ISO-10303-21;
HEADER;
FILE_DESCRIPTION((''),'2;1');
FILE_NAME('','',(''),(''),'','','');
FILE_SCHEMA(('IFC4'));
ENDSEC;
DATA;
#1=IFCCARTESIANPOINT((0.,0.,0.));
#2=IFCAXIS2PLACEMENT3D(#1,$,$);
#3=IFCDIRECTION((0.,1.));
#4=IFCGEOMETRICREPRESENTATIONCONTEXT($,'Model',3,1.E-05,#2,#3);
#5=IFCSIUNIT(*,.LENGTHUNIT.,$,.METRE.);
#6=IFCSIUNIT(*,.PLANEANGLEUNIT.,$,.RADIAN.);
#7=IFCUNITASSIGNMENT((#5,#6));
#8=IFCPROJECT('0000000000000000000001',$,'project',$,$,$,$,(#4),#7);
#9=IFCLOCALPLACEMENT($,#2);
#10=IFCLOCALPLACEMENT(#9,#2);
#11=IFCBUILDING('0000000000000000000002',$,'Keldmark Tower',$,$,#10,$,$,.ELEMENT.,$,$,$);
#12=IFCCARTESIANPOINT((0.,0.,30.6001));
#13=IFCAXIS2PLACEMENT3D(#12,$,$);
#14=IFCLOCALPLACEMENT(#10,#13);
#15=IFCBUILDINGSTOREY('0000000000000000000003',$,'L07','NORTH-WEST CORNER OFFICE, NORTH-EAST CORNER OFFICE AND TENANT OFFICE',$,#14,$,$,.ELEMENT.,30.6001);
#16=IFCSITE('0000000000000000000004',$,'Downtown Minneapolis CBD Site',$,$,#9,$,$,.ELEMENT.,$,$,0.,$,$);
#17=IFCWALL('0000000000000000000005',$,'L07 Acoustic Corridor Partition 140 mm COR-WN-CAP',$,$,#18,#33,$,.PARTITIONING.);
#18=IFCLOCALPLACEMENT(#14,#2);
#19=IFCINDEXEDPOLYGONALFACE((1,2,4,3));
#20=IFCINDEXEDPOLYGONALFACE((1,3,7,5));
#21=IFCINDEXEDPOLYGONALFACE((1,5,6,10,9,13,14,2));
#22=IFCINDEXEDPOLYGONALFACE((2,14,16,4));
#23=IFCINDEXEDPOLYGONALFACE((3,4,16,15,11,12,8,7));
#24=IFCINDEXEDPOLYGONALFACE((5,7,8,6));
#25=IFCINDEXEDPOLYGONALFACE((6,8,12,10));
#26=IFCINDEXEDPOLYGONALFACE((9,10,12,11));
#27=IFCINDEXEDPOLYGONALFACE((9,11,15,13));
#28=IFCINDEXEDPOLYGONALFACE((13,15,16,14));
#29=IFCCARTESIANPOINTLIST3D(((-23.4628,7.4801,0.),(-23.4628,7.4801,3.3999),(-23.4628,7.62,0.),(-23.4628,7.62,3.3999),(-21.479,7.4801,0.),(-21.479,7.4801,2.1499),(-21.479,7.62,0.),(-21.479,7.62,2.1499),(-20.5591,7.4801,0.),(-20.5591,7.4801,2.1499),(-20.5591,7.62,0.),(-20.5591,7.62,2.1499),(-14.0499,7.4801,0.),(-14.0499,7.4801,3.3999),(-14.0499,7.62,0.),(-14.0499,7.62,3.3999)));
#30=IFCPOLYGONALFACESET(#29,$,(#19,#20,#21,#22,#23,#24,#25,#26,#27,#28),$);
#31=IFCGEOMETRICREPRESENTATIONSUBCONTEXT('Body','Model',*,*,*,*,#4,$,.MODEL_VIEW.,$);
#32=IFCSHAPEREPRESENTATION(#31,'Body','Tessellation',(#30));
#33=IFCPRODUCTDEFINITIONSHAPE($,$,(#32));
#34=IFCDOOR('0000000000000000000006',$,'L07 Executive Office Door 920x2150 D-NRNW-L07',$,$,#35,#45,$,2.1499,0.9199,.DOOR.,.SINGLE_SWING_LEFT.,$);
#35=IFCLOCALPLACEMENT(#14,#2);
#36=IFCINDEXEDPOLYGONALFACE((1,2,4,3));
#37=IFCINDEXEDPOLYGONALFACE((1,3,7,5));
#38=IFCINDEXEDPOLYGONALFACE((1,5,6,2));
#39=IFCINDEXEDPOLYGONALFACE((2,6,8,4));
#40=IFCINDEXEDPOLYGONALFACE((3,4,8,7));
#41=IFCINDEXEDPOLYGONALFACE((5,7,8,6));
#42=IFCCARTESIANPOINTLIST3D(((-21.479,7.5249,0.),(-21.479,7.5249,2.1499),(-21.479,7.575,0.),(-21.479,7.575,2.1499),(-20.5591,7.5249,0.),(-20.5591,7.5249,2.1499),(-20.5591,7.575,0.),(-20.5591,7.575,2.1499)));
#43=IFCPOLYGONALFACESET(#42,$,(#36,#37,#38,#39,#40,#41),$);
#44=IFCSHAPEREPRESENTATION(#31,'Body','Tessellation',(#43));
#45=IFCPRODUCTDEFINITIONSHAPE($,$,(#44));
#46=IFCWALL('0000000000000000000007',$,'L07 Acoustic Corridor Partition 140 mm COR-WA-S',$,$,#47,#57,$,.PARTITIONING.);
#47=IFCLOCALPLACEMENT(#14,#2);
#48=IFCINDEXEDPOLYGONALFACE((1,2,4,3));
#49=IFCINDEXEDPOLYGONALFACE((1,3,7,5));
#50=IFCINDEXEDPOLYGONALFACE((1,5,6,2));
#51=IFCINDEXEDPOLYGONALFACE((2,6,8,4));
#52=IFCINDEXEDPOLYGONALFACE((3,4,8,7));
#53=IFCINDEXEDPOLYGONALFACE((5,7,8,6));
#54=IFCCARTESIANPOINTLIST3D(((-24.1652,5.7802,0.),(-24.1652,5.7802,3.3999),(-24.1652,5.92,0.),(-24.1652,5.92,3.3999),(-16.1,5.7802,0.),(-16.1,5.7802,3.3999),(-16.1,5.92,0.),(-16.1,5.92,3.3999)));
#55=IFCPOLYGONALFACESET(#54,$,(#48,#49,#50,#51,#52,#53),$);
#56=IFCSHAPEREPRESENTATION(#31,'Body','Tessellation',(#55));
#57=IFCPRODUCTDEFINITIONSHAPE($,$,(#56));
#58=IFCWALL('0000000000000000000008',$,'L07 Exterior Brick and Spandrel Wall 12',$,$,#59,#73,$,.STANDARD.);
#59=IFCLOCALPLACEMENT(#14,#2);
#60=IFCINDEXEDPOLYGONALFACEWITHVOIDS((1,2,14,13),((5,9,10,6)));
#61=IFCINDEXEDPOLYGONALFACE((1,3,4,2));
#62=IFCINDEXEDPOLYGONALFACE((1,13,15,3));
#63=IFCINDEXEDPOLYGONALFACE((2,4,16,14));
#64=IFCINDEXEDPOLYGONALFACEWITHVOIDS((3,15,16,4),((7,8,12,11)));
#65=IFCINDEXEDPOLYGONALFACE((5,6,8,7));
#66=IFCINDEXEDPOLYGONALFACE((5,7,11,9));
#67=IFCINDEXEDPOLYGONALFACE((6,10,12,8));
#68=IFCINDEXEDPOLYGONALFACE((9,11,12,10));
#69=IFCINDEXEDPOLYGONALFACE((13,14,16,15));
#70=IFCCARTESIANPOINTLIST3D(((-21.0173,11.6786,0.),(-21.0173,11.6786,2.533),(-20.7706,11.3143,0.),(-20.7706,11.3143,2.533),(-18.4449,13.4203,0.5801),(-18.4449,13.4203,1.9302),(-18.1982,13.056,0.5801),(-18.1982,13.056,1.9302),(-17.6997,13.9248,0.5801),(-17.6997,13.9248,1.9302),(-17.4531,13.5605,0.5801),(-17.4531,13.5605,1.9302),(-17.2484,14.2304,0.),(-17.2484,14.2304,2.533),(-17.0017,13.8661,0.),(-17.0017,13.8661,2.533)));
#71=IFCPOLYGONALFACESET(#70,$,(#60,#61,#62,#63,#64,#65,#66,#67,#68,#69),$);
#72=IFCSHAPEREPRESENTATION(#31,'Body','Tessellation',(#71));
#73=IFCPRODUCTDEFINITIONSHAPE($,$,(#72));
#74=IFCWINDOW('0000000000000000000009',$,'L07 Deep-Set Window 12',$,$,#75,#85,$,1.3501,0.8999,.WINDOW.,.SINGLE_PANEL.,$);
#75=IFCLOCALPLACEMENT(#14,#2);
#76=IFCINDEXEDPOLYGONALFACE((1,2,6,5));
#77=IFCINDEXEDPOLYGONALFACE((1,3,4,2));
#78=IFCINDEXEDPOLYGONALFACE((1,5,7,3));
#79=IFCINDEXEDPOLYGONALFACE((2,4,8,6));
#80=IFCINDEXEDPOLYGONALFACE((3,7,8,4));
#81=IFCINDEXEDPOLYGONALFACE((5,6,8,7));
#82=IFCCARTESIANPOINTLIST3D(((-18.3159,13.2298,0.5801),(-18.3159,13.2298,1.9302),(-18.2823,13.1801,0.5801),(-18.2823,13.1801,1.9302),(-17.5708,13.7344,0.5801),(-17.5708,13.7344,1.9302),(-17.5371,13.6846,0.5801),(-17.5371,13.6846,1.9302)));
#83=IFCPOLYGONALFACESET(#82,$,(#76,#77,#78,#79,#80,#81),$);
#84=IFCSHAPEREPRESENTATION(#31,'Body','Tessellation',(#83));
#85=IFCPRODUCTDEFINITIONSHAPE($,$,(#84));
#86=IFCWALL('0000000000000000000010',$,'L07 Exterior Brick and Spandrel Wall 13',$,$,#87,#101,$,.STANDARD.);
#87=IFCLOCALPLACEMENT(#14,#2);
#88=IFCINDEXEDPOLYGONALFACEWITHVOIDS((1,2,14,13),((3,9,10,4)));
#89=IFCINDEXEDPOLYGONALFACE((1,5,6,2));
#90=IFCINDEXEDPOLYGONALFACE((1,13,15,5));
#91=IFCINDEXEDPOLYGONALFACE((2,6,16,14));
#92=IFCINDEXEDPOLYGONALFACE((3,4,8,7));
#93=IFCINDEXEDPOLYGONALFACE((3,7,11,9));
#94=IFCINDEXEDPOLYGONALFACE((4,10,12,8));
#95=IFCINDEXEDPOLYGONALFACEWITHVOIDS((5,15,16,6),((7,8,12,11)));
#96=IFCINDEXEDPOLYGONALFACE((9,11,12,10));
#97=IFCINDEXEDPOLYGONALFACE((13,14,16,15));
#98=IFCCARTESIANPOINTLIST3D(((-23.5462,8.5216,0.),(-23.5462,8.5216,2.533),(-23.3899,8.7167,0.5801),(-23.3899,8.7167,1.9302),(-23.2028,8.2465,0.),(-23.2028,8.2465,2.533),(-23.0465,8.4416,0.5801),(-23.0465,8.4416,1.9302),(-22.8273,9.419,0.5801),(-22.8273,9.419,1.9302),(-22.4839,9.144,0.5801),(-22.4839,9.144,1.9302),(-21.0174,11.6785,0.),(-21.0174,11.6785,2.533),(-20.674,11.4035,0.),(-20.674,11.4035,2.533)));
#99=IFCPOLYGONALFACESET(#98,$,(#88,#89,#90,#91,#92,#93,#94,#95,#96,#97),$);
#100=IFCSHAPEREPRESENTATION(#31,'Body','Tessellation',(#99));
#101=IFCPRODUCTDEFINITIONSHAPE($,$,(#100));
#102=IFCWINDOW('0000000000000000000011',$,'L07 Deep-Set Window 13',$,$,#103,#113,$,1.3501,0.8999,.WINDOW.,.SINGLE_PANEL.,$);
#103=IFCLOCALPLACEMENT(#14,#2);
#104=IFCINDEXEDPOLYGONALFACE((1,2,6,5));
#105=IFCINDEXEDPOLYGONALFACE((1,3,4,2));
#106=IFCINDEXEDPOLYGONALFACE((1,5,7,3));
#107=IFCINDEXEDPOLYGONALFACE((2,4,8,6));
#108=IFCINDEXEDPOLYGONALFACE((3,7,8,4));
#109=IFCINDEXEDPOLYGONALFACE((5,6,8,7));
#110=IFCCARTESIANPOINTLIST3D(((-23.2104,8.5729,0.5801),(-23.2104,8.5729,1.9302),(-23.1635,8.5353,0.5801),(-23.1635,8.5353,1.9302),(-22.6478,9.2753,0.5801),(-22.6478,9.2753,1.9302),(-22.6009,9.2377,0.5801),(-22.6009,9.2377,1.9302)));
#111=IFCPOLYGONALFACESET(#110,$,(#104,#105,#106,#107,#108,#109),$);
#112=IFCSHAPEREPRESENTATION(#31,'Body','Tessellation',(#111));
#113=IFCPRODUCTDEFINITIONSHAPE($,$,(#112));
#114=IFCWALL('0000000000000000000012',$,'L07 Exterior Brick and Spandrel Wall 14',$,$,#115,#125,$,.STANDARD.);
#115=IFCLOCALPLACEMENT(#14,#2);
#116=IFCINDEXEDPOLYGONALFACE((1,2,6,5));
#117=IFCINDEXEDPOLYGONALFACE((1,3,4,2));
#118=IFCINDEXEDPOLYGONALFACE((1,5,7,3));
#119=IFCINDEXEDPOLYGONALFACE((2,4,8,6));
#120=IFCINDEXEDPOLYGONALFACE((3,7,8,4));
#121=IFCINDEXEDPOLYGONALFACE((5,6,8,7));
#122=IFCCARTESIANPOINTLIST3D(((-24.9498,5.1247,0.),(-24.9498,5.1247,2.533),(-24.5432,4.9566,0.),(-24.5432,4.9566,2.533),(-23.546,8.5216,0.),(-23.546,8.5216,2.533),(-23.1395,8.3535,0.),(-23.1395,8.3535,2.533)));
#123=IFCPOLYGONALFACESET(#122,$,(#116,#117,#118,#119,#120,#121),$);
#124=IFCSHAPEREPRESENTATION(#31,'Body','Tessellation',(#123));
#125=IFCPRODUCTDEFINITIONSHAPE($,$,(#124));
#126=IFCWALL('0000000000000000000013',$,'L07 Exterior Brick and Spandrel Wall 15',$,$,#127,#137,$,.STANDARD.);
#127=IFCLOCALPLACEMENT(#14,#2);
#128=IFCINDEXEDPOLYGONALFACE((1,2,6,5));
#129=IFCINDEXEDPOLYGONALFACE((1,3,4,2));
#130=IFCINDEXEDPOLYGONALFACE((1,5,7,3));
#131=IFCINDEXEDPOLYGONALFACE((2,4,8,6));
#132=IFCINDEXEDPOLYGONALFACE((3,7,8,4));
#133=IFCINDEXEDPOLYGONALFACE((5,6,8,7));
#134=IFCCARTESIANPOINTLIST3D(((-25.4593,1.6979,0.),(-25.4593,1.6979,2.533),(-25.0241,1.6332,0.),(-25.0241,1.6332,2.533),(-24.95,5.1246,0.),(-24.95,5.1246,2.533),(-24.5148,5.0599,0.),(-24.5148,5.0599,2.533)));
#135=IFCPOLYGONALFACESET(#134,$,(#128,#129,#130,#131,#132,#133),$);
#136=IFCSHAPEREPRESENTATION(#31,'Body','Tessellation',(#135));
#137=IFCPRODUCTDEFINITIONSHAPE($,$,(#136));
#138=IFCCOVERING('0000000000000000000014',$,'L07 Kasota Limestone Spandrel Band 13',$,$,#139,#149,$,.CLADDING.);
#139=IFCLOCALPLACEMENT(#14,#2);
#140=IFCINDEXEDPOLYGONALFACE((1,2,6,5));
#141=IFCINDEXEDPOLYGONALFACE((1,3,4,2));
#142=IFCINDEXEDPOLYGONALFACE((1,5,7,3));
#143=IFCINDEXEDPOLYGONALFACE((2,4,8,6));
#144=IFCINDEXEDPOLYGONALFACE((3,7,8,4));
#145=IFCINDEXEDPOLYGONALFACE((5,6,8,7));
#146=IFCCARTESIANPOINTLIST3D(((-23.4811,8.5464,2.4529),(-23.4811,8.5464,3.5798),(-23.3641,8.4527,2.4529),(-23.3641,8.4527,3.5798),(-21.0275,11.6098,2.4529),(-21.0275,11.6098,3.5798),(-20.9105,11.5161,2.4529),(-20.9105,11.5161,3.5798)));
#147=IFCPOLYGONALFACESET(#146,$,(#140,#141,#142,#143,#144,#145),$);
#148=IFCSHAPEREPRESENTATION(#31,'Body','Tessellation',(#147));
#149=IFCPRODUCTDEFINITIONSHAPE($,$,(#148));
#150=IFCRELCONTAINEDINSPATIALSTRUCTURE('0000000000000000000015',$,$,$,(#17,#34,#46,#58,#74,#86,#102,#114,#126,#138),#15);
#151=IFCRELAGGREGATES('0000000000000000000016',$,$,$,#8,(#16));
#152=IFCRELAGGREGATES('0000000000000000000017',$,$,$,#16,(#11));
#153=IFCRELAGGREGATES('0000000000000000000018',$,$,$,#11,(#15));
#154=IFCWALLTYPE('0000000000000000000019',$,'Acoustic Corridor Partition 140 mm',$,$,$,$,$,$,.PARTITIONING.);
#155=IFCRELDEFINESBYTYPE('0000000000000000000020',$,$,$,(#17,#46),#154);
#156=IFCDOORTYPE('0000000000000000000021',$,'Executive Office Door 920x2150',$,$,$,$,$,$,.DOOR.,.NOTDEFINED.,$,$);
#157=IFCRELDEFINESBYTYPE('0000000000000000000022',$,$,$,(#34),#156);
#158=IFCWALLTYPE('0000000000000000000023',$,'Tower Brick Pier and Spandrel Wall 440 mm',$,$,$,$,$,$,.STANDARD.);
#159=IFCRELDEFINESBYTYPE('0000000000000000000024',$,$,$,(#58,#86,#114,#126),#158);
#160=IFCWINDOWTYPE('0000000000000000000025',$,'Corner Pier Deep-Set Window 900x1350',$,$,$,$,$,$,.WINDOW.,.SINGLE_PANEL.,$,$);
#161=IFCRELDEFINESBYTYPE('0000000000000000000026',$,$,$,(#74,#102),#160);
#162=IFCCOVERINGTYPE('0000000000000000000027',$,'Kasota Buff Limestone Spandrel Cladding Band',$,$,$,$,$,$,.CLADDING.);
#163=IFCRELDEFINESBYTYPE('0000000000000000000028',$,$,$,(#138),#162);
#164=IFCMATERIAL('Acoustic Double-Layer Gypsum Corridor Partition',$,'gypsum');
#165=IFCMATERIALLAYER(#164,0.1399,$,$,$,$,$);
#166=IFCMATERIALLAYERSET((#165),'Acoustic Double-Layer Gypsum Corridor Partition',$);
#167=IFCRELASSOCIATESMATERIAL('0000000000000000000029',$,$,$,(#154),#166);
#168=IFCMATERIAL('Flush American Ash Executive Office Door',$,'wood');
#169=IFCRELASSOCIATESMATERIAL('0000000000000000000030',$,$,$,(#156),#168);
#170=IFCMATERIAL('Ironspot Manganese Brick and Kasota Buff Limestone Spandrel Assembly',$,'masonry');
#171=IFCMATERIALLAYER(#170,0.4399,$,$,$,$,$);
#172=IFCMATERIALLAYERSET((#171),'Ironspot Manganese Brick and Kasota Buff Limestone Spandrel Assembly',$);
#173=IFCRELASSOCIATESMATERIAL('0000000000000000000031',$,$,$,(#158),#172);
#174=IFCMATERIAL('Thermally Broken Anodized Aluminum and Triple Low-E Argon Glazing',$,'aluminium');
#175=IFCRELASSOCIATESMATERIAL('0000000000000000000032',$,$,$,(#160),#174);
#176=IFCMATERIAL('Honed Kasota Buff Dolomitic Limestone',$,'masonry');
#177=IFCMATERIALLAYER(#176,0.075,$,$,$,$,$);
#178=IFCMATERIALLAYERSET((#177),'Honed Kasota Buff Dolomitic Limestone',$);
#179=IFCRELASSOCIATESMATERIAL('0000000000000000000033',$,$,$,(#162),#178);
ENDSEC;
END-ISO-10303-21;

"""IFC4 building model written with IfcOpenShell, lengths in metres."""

from ifc_helpers import new_model, si_unit, direction, frame, frame_2d, origin, origin_2d, place, context, subcontext, project, spatial, rectangle, extrude, material, layer, layer_set, type_object, element, fill, save


model = new_model("IFC4")

# Units and contexts
model_context = context("Model", 3, precision=1e-05, world=origin(), true_north=direction((0.0, 1.0)))
body_context = subcontext(model_context, "Body", "Model", "MODEL_VIEW")
ifc_project = project(units=[si_unit("LENGTHUNIT", "METRE"), si_unit("PLANEANGLEUNIT", "RADIAN")], contexts=[model_context])

# Site, building, storey
site_placement = place(None, origin())
site = spatial("IfcSite", under=ifc_project, at=site_placement, Name="Downtown Minneapolis CBD Site", CompositionType="ELEMENT", RefElevation=0.0)
building_placement = place(site_placement, origin())
building = spatial("IfcBuilding", under=site, at=building_placement, Name="Keldmark Tower", CompositionType="ELEMENT")
storey_placement = place(building_placement, frame((0.0, 0.0, 30.6001)))
storey = spatial("IfcBuildingStorey", under=building, at=storey_placement, Name="L07", Description="NORTH-WEST CORNER OFFICE, NORTH-EAST CORNER OFFICE AND TENANT OFFICE", CompositionType="ELEMENT", Elevation=30.6001)

# Wall, opening, door
ifc_material_1 = material(Name="Acoustic Double-Layer Gypsum Corridor Partition", Category="gypsum")
ifc_layer_1 = layer(ifc_material_1, 0.1399)
ifc_layer_set_1 = layer_set([ifc_layer_1], Name="Acoustic Double-Layer Gypsum Corridor Partition")
wall_type_1 = type_object("IfcWallType", Name="Acoustic Corridor Partition 140 mm", PredefinedType="PARTITIONING", material=ifc_layer_set_1)
wall_1_placement = place(storey_placement, frame((-23.4629, 7.55, 0.0), z_axis=(0.0, 0.0, 1.0), x_axis=(1.0, 0.0, 0.0)))
wall_1 = element("IfcWall", 1, at=wall_1_placement, inside=storey, type_object=wall_type_1, Name="L07 Acoustic Corridor Partition 140 mm COR-WN-CAP", PredefinedType="PARTITIONING", context=body_context, shape_type="SweptSolid", body=[
    extrude(rectangle(XDim=9.4128, YDim=0.1399, at=frame_2d((4.7065, 0.0))), origin(), (0.0, 0.0, 1.0), 3.3999),
])
opening_1_placement = place(wall_1_placement, frame((1.9839, 0.0, 0.0)))
opening_1 = element("IfcOpeningElement", 2, at=opening_1_placement, cuts=wall_1, PredefinedType="OPENING", context=body_context, shape_type="SweptSolid", body=[
    extrude(rectangle(XDim=0.9199, YDim=2.1499, at=frame_2d((0.46, 1.075))), frame((0.0, 0.0798, 0.0), z_axis=(0.0, -1.0, 0.0), x_axis=(1.0, 0.0, 0.0)), (0.0, 0.0, 1.0), 0.1599),
])
ifc_material_2 = material(Name="Flush American Ash Executive Office Door", Category="wood")
door_type = type_object("IfcDoorType", Name="Executive Office Door 920x2150", OperationType="NOTDEFINED", PredefinedType="DOOR", material=ifc_material_2)
door_placement = place(opening_1_placement, origin())
door = element("IfcDoor", 3, at=door_placement, inside=storey, type_object=door_type, Name="L07 Executive Office Door 920x2150 D-NRNW-L07", OperationType="SINGLE_SWING_LEFT", OverallHeight=2.1499, OverallWidth=0.9199, PredefinedType="DOOR", context=body_context, shape_type="SweptSolid", body=[
    extrude(rectangle(XDim=0.9199, YDim=2.1499, at=frame_2d((0.46, 1.075))), frame((0.0, 0.0249, 0.0), z_axis=(0.0, -1.0, 0.0), x_axis=(1.0, 0.0, 0.0)), (0.0, 0.0, 1.0), 0.05),
])
fill(opening_1, door)

# Wall
wall_2_placement = place(storey_placement, frame((-24.1653, 5.8501, 0.0), z_axis=(0.0, 0.0, 1.0), x_axis=(1.0, 0.0, 0.0)))
element("IfcWall", 4, at=wall_2_placement, inside=storey, type_object=wall_type_1, Name="L07 Acoustic Corridor Partition 140 mm COR-WA-S", PredefinedType="PARTITIONING", context=body_context, shape_type="SweptSolid", body=[
    extrude(rectangle(XDim=8.0652, YDim=0.1399, at=frame_2d((4.0327, 0.0))), origin(), (0.0, 0.0, 1.0), 3.3999),
])

# Walls, openings, windows
ifc_material_3 = material(Name="Ironspot Manganese Brick and Kasota Buff Limestone Spandrel Assembly", Category="masonry")
ifc_layer_2 = layer(ifc_material_3, 0.4399)
ifc_layer_set_2 = layer_set([ifc_layer_2], Name="Ironspot Manganese Brick and Kasota Buff Limestone Spandrel Assembly")
wall_type_2 = type_object("IfcWallType", Name="Tower Brick Pier and Spandrel Wall 440 mm", PredefinedType="STANDARD", material=ifc_layer_set_2)
wall_3_placement = place(storey_placement, frame((-20.894, 11.4963, 0.0), z_axis=(0.0, 0.0, 1.0), x_axis=(0.828051, 0.560652, 0.0)))
wall_3 = element("IfcWall", 5, at=wall_3_placement, inside=storey, type_object=wall_type_2, Name="L07 Exterior Brick and Spandrel Wall 12", PredefinedType="STANDARD", context=body_context, shape_type="SweptSolid", body=[
    extrude(rectangle(XDim=4.5515, YDim=0.4399, at=frame_2d((2.2759, 0.0))), origin(), (0.0, 0.0, 1.0), 2.533),
])
opening_2_placement = place(wall_3_placement, frame((3.1067, 0.0, 0.5801)))
opening_2 = element("IfcOpeningElement", 6, at=opening_2_placement, cuts=wall_3, PredefinedType="OPENING", context=body_context, shape_type="SweptSolid", body=[
    extrude(rectangle(XDim=0.8999, YDim=1.3501, at=frame_2d((0.45, 0.675))), frame((0.0, 0.23, 0.0), z_axis=(0.0, -1.0, 0.0), x_axis=(1.0, 0.0, 0.0)), (0.0, 0.0, 1.0), 0.46),
])
ifc_material_4 = material(Name="Thermally Broken Anodized Aluminum and Triple Low-E Argon Glazing", Category="aluminium")
window_type = type_object("IfcWindowType", Name="Corner Pier Deep-Set Window 900x1350", PartitioningType="SINGLE_PANEL", PredefinedType="WINDOW", material=ifc_material_4)
window_1_placement = place(opening_2_placement, origin())
window_1 = element("IfcWindow", 7, at=window_1_placement, inside=storey, type_object=window_type, Name="L07 Deep-Set Window 12", OverallHeight=1.3501, OverallWidth=0.8999, PartitioningType="SINGLE_PANEL", PredefinedType="WINDOW", context=body_context, shape_type="SweptSolid", body=[
    extrude(rectangle(XDim=0.8999, YDim=1.3501, at=frame_2d((0.45, 0.675))), frame((0.0, -0.01, 0.0), z_axis=(0.0, -1.0, 0.0), x_axis=(1.0, 0.0, 0.0)), (0.0, 0.0, 1.0), 0.0601),
])
fill(opening_2, window_1)
wall_4_placement = place(storey_placement, frame((-23.3745, 8.384, 0.0), z_axis=(0.0, 0.0, 1.0), x_axis=(0.625181, 0.78048, 0.0)))
wall_4 = element("IfcWall", 8, at=wall_4_placement, inside=storey, type_object=wall_type_2, Name="L07 Exterior Brick and Spandrel Wall 13", PredefinedType="STANDARD", context=body_context, shape_type="SweptSolid", body=[
    extrude(rectangle(XDim=4.0449, YDim=0.4399, at=frame_2d((2.0225, 0.0))), origin(), (0.0, 0.0, 1.0), 2.533),
])
opening_3_placement = place(wall_4_placement, frame((0.25, 0.0, 0.5801)))
opening_3 = element("IfcOpeningElement", 9, at=opening_3_placement, cuts=wall_4, PredefinedType="OPENING", context=body_context, shape_type="SweptSolid", body=[
    extrude(rectangle(XDim=0.8999, YDim=1.3501, at=frame_2d((0.45, 0.675))), frame((0.0, 0.23, 0.0), z_axis=(0.0, -1.0, 0.0), x_axis=(1.0, 0.0, 0.0)), (0.0, 0.0, 1.0), 0.46),
])
window_2_placement = place(opening_3_placement, origin())
window_2 = element("IfcWindow", 10, at=window_2_placement, inside=storey, type_object=window_type, Name="L07 Deep-Set Window 13", OverallHeight=1.3501, OverallWidth=0.8999, PartitioningType="SINGLE_PANEL", PredefinedType="WINDOW", context=body_context, shape_type="SweptSolid", body=[
    extrude(rectangle(XDim=0.8999, YDim=1.3501, at=frame_2d((0.45, 0.675))), frame((0.0, -0.01, 0.0), z_axis=(0.0, -1.0, 0.0), x_axis=(1.0, 0.0, 0.0)), (0.0, 0.0, 1.0), 0.0601),
])
fill(opening_3, window_2)

# Walls
wall_5_placement = place(storey_placement, frame((-24.7466, 5.0405, 0.0), z_axis=(0.0, 0.0, 1.0), x_axis=(0.381925, 0.924193, 0.0)))
element("IfcWall", 11, at=wall_5_placement, inside=storey, type_object=wall_type_2, Name="L07 Exterior Brick and Spandrel Wall 14", PredefinedType="STANDARD", context=body_context, shape_type="SweptSolid", body=[
    extrude(rectangle(XDim=3.6755, YDim=0.4399, at=frame_2d((1.8379, 0.0))), origin(), (0.0, 0.0, 1.0), 2.533),
])
wall_6_placement = place(storey_placement, frame((-25.2417, 1.6655, 0.0), z_axis=(0.0, 0.0, 1.0), x_axis=(0.147003, 0.989136, 0.0)))
element("IfcWall", 12, at=wall_6_placement, inside=storey, type_object=wall_type_2, Name="L07 Exterior Brick and Spandrel Wall 15", PredefinedType="STANDARD", context=body_context, shape_type="SweptSolid", body=[
    extrude(rectangle(XDim=3.4644, YDim=0.4399, at=frame_2d((1.7322, 0.0))), origin(), (0.0, 0.0, 1.0), 2.533),
])

# Covering
ifc_material_5 = material(Name="Honed Kasota Buff Dolomitic Limestone", Category="masonry")
ifc_layer_3 = layer(ifc_material_5, 0.075)
ifc_layer_set_3 = layer_set([ifc_layer_3], Name="Honed Kasota Buff Dolomitic Limestone")
covering_type = type_object("IfcCoveringType", Name="Kasota Buff Limestone Spandrel Cladding Band", PredefinedType="CLADDING", material=ifc_layer_set_3)
covering_placement = place(storey_placement, frame((-22.1958, 10.0312, 2.4529), z_axis=(0.0, 0.0, 1.0), x_axis=(-0.625147, -0.780507, 0.0)))
element("IfcCovering", 13, at=covering_placement, inside=storey, type_object=covering_type, Name="L07 Kasota Limestone Spandrel Band 13", PredefinedType="CLADDING", context=body_context, shape_type="SweptSolid", body=[
    extrude(rectangle(XDim=3.9248, YDim=0.1499, at=origin_2d()), origin(), (0.0, 0.0, 1.0), 1.127),
])

save(model, "model.ifc")
